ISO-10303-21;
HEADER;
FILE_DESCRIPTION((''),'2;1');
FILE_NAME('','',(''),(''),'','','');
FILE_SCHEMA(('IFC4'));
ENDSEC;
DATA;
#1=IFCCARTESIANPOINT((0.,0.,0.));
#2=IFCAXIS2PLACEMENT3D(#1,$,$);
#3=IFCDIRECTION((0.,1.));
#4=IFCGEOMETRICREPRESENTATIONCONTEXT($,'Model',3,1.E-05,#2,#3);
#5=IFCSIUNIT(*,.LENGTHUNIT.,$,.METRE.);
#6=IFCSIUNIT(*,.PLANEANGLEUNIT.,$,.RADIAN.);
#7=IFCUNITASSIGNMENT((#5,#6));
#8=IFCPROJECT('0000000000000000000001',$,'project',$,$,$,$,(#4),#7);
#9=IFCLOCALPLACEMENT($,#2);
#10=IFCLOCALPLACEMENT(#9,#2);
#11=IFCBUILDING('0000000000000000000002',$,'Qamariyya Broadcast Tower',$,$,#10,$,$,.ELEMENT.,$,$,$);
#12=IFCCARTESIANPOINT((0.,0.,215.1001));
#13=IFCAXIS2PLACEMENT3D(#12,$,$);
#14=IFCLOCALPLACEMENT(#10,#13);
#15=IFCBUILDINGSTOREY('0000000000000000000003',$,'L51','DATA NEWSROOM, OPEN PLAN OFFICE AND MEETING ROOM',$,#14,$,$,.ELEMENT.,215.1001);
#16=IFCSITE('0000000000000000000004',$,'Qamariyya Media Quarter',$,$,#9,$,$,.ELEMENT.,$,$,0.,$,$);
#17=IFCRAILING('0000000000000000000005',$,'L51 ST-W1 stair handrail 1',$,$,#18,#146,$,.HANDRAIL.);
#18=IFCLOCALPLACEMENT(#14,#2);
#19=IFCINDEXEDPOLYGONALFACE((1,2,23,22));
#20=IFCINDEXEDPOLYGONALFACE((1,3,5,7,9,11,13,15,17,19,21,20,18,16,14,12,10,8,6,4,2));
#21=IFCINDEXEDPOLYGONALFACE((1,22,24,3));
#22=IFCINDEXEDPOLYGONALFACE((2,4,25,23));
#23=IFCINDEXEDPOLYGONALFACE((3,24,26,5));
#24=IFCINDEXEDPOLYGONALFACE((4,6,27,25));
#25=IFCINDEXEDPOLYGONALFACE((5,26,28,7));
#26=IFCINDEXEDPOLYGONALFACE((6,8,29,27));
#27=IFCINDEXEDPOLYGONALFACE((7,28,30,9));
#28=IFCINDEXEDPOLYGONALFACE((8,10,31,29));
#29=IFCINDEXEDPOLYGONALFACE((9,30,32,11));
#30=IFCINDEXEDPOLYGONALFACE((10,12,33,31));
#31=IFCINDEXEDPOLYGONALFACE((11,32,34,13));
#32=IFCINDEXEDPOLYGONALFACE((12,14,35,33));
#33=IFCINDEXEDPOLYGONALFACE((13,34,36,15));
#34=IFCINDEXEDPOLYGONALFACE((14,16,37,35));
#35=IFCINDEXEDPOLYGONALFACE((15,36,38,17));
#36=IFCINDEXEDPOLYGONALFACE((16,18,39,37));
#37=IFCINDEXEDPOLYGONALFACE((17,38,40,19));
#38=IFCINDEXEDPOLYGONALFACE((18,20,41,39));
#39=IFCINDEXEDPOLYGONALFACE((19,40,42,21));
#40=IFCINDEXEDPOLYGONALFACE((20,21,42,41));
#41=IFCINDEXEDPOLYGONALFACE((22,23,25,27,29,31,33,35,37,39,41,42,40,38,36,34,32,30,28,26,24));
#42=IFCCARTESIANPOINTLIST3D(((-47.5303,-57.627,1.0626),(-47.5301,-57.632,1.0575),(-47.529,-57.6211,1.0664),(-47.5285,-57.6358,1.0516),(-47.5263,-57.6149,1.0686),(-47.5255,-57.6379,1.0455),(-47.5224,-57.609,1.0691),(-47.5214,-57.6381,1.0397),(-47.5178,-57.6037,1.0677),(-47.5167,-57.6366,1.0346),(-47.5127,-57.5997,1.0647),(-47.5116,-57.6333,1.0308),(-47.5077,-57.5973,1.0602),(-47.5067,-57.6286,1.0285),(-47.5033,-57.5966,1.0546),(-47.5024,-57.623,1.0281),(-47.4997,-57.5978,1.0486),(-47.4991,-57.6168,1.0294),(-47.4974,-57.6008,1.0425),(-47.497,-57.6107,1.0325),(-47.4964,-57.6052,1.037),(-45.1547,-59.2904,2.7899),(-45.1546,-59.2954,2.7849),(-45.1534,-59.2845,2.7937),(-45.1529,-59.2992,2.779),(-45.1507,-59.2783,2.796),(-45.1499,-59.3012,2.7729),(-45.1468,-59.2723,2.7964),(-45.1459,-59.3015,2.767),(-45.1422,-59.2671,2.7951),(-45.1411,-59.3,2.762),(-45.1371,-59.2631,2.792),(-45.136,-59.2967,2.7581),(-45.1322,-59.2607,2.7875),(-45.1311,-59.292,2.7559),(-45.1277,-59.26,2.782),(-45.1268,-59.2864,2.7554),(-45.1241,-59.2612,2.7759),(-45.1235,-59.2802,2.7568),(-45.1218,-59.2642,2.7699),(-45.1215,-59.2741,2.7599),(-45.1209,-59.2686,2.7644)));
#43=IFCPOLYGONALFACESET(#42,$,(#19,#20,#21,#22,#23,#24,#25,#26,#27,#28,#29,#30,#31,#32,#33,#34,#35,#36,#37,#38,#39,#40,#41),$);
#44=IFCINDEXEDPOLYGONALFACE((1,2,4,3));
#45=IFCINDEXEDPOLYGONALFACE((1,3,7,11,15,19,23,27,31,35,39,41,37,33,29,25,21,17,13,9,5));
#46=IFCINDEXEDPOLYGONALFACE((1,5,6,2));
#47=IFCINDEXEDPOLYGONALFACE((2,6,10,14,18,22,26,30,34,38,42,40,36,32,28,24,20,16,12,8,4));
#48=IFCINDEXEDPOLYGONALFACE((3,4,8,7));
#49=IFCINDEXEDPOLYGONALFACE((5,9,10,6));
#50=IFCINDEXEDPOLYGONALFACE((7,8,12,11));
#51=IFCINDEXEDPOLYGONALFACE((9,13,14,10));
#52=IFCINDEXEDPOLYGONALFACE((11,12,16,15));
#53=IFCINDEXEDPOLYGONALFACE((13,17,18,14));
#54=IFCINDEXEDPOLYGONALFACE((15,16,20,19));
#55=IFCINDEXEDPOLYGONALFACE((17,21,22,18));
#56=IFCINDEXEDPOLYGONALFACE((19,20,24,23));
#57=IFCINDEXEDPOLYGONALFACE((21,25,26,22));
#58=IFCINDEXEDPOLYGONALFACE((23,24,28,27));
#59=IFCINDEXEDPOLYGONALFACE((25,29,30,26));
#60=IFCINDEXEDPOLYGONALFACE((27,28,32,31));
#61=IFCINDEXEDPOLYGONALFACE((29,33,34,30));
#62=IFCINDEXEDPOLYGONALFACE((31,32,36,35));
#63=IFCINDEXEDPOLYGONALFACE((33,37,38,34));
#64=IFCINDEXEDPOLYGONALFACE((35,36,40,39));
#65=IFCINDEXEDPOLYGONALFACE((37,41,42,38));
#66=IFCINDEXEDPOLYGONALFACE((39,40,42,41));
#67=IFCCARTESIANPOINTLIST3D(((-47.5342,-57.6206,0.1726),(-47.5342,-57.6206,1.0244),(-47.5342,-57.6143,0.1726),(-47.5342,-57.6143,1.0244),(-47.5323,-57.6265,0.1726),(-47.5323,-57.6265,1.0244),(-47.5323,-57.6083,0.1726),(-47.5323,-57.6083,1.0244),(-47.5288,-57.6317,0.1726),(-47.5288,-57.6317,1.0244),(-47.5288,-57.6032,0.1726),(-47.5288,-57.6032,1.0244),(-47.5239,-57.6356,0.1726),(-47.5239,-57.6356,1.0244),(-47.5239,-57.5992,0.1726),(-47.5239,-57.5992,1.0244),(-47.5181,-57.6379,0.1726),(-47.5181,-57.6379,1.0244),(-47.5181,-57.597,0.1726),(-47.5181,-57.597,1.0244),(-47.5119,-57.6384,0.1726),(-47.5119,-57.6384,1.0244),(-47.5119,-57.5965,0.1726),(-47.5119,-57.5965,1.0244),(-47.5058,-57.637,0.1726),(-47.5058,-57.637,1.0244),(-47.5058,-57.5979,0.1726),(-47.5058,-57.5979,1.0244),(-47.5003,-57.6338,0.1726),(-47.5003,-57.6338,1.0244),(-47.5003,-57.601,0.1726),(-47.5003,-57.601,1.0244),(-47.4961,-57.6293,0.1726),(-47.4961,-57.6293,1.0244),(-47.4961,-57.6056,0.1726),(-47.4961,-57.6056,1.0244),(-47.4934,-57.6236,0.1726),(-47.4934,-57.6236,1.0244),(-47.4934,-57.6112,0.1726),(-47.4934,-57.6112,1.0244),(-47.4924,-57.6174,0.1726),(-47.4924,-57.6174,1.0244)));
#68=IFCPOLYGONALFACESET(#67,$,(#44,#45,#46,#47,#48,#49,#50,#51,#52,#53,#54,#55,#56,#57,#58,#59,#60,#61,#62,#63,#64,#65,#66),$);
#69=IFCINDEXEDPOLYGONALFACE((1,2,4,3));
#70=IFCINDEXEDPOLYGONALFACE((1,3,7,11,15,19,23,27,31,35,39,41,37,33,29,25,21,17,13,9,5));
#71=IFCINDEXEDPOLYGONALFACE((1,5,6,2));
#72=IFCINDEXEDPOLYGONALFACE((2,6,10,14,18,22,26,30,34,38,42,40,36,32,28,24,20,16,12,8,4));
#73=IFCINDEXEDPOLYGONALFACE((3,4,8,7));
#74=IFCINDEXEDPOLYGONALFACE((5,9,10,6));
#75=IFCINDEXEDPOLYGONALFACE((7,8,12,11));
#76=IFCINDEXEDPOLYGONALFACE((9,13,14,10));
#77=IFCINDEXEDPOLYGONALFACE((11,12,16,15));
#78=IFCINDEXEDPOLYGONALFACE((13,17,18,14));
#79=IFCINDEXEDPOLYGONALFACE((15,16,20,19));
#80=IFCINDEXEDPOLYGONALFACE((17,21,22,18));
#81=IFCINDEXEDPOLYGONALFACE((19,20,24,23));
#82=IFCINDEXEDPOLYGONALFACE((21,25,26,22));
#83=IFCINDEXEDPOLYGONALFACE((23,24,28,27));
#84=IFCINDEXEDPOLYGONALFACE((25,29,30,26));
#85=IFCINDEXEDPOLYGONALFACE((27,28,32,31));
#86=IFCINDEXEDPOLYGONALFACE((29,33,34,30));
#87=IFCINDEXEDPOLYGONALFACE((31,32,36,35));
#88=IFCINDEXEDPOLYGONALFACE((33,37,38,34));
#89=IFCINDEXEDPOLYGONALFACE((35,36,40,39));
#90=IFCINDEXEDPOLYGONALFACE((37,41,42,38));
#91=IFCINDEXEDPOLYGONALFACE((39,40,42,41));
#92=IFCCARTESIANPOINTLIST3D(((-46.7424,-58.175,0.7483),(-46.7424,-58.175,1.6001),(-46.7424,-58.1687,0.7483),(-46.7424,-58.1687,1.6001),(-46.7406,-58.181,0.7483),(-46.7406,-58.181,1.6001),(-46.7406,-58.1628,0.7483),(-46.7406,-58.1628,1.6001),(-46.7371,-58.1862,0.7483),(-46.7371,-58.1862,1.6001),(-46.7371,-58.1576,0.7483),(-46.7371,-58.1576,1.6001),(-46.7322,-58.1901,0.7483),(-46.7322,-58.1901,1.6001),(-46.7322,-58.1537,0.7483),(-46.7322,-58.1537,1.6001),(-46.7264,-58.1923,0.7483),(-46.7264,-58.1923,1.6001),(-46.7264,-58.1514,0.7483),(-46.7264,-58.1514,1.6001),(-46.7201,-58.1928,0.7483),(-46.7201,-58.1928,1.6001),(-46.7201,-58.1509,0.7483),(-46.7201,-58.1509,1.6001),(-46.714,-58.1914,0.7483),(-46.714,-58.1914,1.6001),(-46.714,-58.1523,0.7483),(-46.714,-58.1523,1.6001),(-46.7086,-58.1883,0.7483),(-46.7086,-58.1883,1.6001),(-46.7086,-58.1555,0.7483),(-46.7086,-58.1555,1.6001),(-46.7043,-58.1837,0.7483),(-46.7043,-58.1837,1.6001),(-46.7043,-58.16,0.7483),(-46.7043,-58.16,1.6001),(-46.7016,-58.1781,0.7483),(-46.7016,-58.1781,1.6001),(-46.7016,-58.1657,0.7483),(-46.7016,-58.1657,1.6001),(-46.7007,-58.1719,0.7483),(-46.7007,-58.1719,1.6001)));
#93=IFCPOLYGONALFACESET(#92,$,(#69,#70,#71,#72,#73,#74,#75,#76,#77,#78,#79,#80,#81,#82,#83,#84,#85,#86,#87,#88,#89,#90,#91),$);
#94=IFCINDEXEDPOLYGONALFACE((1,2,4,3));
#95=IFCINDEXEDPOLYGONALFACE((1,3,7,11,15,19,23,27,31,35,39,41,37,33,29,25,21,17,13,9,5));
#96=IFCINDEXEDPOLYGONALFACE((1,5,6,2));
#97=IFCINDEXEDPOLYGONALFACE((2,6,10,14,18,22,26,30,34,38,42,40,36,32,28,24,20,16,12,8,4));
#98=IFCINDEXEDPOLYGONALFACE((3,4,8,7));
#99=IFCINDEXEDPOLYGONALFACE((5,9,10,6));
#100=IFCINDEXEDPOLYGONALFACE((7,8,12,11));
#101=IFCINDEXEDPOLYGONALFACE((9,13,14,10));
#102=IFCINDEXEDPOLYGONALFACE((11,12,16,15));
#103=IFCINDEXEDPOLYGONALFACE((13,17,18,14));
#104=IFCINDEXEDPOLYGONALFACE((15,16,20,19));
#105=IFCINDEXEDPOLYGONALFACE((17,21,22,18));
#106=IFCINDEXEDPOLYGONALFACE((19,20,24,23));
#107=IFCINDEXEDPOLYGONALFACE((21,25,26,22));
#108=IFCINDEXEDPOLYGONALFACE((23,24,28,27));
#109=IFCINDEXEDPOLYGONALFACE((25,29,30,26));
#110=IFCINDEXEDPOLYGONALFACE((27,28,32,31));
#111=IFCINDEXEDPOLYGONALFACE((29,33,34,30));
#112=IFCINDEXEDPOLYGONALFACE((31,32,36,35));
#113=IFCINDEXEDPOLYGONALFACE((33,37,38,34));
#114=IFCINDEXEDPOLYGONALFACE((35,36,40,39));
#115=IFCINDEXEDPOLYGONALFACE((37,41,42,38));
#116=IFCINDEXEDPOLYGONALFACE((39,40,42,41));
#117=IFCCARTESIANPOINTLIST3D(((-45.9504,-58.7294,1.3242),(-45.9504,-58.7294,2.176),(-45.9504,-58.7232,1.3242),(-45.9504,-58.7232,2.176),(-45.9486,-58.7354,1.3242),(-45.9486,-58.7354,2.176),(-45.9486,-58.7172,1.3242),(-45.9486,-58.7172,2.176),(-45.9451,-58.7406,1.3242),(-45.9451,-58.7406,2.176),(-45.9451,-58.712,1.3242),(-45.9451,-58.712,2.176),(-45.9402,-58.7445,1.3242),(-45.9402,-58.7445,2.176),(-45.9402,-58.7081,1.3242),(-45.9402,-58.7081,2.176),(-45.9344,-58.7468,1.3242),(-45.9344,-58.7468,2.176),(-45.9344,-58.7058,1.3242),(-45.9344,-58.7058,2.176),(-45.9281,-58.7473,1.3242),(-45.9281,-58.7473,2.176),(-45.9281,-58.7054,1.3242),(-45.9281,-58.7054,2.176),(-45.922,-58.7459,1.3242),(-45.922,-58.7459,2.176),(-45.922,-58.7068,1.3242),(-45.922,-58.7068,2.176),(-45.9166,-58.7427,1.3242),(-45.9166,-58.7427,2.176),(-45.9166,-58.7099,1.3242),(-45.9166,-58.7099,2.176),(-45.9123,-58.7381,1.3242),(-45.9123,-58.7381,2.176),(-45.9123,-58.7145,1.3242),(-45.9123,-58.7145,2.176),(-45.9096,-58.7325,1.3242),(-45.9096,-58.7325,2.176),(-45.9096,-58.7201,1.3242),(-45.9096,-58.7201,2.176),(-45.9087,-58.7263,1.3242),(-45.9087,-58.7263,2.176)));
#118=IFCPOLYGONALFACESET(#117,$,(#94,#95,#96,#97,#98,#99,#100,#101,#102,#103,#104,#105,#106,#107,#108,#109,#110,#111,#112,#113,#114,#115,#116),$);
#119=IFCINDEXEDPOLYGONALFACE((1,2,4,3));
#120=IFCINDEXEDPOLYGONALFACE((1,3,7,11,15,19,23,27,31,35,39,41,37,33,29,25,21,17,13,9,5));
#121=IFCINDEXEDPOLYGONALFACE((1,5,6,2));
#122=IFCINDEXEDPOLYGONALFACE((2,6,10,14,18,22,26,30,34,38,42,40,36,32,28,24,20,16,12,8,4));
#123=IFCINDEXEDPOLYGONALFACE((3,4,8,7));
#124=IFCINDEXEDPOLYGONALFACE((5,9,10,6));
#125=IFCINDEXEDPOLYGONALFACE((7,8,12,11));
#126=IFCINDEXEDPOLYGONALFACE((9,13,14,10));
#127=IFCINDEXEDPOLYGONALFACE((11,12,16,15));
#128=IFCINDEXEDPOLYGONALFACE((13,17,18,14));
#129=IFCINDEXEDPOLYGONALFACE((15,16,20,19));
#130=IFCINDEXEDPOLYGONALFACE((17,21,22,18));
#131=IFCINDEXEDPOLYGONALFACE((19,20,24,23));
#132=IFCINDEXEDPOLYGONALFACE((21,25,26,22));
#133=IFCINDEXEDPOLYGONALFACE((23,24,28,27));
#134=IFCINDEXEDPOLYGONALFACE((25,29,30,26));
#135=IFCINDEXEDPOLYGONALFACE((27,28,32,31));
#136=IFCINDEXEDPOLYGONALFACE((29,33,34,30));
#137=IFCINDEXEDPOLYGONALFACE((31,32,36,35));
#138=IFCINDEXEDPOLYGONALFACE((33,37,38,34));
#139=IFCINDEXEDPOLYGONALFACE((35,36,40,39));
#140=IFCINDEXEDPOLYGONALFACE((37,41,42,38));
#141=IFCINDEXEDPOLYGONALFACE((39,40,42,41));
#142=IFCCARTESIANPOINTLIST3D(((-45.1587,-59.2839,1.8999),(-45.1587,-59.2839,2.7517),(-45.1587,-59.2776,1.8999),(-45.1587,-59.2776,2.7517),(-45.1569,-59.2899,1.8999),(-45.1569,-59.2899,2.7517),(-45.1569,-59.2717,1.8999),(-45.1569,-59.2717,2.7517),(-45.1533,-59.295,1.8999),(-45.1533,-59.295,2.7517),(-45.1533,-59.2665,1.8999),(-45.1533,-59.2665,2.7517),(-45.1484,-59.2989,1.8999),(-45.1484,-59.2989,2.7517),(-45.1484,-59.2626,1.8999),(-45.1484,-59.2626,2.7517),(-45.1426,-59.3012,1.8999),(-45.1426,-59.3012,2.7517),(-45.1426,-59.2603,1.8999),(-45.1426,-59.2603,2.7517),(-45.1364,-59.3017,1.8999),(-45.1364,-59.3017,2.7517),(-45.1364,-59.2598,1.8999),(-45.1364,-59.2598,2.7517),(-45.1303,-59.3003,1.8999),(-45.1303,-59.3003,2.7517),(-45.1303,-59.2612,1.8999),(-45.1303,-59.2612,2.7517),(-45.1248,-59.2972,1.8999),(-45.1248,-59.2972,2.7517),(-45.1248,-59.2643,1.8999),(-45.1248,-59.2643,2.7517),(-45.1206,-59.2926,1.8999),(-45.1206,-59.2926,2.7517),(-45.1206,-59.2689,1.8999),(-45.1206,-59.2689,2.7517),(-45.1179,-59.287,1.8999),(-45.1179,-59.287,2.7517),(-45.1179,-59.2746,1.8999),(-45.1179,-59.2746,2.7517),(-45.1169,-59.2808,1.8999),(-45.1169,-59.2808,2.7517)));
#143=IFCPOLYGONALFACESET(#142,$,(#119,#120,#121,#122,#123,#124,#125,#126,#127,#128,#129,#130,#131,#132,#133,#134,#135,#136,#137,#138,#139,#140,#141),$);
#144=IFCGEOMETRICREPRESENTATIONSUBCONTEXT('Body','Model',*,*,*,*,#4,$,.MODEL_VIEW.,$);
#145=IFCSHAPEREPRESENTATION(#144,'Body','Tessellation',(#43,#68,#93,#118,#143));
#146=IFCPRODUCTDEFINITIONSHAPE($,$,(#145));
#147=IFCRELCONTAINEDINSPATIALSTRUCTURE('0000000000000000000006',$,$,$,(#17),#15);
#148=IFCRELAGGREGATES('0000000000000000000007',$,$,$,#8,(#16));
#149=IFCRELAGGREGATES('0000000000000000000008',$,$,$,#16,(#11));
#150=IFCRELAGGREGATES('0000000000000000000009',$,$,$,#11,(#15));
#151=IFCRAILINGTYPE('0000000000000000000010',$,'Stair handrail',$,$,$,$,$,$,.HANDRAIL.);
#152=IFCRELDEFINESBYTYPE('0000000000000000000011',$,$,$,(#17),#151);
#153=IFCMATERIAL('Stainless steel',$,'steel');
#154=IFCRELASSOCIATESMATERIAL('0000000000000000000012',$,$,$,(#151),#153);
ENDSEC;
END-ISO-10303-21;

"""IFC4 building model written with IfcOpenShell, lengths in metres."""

from ifc_helpers import new_model, si_unit, direction, frame, origin, origin_2d, place, context, subcontext, project, spatial, circle, extrude, material, type_object, element, save


model = new_model("IFC4")

# Units and contexts
model_context = context("Model", 3, precision=1e-05, world=origin(), true_north=direction((0.0, 1.0)))
body_context = subcontext(model_context, "Body", "Model", "MODEL_VIEW")
ifc_project = project(units=[si_unit("LENGTHUNIT", "METRE"), si_unit("PLANEANGLEUNIT", "RADIAN")], contexts=[model_context])

# Site, building, storey
site_placement = place(None, origin())
site = spatial("IfcSite", under=ifc_project, at=site_placement, Name="Qamariyya Media Quarter", CompositionType="ELEMENT", RefElevation=0.0)
building_placement = place(site_placement, origin())
building = spatial("IfcBuilding", under=site, at=building_placement, Name="Qamariyya Broadcast Tower", CompositionType="ELEMENT")
storey_placement = place(building_placement, frame((0.0, 0.0, 215.1001)))
storey = spatial("IfcBuildingStorey", under=building, at=storey_placement, Name="L51", Description="DATA NEWSROOM, OPEN PLAN OFFICE AND MEETING ROOM", CompositionType="ELEMENT", Elevation=215.1001)

# Railing
ifc_material_1 = material(Name="Stainless steel", Category="steel")
railing_type_1 = type_object("IfcRailingType", Name="Stair handrail", PredefinedType="HANDRAIL", material=ifc_material_1)
railing_1_placement = place(storey_placement, frame((-47.5134, -57.6174, 0.1726)))
element("IfcRailing", 1, at=railing_1_placement, inside=storey, type_object=railing_type_1, Name="L51 ST-W1 stair handrail 1", PredefinedType="HANDRAIL", context=body_context, shape_type="SweptSolid", body=[
    extrude(circle(Radius=0.0239, at=origin_2d()), frame((0.0, 0.0, 0.876), z_axis=(0.70377, -0.492784, 0.511734), x_axis=(0.573575, 0.819153, 0.0)), (0.0, 0.0, 1.0), 3.3755),
    extrude(circle(Radius=0.021, at=origin_2d()), origin(), (0.0, 0.0, 1.0), 0.8518),
    extrude(circle(Radius=0.021, at=origin_2d()), frame((0.7917, -0.5544, 0.5757)), (0.0, 0.0, 1.0), 0.8518),
    extrude(circle(Radius=0.021, at=origin_2d()), frame((1.5837, -1.1089, 1.1516)), (0.0, 0.0, 1.0), 0.8518),
    extrude(circle(Radius=0.021, at=origin_2d()), frame((2.3755, -1.6633, 1.7273)), (0.0, 0.0, 1.0), 0.8518),
])

save(model, "model.ifc")
